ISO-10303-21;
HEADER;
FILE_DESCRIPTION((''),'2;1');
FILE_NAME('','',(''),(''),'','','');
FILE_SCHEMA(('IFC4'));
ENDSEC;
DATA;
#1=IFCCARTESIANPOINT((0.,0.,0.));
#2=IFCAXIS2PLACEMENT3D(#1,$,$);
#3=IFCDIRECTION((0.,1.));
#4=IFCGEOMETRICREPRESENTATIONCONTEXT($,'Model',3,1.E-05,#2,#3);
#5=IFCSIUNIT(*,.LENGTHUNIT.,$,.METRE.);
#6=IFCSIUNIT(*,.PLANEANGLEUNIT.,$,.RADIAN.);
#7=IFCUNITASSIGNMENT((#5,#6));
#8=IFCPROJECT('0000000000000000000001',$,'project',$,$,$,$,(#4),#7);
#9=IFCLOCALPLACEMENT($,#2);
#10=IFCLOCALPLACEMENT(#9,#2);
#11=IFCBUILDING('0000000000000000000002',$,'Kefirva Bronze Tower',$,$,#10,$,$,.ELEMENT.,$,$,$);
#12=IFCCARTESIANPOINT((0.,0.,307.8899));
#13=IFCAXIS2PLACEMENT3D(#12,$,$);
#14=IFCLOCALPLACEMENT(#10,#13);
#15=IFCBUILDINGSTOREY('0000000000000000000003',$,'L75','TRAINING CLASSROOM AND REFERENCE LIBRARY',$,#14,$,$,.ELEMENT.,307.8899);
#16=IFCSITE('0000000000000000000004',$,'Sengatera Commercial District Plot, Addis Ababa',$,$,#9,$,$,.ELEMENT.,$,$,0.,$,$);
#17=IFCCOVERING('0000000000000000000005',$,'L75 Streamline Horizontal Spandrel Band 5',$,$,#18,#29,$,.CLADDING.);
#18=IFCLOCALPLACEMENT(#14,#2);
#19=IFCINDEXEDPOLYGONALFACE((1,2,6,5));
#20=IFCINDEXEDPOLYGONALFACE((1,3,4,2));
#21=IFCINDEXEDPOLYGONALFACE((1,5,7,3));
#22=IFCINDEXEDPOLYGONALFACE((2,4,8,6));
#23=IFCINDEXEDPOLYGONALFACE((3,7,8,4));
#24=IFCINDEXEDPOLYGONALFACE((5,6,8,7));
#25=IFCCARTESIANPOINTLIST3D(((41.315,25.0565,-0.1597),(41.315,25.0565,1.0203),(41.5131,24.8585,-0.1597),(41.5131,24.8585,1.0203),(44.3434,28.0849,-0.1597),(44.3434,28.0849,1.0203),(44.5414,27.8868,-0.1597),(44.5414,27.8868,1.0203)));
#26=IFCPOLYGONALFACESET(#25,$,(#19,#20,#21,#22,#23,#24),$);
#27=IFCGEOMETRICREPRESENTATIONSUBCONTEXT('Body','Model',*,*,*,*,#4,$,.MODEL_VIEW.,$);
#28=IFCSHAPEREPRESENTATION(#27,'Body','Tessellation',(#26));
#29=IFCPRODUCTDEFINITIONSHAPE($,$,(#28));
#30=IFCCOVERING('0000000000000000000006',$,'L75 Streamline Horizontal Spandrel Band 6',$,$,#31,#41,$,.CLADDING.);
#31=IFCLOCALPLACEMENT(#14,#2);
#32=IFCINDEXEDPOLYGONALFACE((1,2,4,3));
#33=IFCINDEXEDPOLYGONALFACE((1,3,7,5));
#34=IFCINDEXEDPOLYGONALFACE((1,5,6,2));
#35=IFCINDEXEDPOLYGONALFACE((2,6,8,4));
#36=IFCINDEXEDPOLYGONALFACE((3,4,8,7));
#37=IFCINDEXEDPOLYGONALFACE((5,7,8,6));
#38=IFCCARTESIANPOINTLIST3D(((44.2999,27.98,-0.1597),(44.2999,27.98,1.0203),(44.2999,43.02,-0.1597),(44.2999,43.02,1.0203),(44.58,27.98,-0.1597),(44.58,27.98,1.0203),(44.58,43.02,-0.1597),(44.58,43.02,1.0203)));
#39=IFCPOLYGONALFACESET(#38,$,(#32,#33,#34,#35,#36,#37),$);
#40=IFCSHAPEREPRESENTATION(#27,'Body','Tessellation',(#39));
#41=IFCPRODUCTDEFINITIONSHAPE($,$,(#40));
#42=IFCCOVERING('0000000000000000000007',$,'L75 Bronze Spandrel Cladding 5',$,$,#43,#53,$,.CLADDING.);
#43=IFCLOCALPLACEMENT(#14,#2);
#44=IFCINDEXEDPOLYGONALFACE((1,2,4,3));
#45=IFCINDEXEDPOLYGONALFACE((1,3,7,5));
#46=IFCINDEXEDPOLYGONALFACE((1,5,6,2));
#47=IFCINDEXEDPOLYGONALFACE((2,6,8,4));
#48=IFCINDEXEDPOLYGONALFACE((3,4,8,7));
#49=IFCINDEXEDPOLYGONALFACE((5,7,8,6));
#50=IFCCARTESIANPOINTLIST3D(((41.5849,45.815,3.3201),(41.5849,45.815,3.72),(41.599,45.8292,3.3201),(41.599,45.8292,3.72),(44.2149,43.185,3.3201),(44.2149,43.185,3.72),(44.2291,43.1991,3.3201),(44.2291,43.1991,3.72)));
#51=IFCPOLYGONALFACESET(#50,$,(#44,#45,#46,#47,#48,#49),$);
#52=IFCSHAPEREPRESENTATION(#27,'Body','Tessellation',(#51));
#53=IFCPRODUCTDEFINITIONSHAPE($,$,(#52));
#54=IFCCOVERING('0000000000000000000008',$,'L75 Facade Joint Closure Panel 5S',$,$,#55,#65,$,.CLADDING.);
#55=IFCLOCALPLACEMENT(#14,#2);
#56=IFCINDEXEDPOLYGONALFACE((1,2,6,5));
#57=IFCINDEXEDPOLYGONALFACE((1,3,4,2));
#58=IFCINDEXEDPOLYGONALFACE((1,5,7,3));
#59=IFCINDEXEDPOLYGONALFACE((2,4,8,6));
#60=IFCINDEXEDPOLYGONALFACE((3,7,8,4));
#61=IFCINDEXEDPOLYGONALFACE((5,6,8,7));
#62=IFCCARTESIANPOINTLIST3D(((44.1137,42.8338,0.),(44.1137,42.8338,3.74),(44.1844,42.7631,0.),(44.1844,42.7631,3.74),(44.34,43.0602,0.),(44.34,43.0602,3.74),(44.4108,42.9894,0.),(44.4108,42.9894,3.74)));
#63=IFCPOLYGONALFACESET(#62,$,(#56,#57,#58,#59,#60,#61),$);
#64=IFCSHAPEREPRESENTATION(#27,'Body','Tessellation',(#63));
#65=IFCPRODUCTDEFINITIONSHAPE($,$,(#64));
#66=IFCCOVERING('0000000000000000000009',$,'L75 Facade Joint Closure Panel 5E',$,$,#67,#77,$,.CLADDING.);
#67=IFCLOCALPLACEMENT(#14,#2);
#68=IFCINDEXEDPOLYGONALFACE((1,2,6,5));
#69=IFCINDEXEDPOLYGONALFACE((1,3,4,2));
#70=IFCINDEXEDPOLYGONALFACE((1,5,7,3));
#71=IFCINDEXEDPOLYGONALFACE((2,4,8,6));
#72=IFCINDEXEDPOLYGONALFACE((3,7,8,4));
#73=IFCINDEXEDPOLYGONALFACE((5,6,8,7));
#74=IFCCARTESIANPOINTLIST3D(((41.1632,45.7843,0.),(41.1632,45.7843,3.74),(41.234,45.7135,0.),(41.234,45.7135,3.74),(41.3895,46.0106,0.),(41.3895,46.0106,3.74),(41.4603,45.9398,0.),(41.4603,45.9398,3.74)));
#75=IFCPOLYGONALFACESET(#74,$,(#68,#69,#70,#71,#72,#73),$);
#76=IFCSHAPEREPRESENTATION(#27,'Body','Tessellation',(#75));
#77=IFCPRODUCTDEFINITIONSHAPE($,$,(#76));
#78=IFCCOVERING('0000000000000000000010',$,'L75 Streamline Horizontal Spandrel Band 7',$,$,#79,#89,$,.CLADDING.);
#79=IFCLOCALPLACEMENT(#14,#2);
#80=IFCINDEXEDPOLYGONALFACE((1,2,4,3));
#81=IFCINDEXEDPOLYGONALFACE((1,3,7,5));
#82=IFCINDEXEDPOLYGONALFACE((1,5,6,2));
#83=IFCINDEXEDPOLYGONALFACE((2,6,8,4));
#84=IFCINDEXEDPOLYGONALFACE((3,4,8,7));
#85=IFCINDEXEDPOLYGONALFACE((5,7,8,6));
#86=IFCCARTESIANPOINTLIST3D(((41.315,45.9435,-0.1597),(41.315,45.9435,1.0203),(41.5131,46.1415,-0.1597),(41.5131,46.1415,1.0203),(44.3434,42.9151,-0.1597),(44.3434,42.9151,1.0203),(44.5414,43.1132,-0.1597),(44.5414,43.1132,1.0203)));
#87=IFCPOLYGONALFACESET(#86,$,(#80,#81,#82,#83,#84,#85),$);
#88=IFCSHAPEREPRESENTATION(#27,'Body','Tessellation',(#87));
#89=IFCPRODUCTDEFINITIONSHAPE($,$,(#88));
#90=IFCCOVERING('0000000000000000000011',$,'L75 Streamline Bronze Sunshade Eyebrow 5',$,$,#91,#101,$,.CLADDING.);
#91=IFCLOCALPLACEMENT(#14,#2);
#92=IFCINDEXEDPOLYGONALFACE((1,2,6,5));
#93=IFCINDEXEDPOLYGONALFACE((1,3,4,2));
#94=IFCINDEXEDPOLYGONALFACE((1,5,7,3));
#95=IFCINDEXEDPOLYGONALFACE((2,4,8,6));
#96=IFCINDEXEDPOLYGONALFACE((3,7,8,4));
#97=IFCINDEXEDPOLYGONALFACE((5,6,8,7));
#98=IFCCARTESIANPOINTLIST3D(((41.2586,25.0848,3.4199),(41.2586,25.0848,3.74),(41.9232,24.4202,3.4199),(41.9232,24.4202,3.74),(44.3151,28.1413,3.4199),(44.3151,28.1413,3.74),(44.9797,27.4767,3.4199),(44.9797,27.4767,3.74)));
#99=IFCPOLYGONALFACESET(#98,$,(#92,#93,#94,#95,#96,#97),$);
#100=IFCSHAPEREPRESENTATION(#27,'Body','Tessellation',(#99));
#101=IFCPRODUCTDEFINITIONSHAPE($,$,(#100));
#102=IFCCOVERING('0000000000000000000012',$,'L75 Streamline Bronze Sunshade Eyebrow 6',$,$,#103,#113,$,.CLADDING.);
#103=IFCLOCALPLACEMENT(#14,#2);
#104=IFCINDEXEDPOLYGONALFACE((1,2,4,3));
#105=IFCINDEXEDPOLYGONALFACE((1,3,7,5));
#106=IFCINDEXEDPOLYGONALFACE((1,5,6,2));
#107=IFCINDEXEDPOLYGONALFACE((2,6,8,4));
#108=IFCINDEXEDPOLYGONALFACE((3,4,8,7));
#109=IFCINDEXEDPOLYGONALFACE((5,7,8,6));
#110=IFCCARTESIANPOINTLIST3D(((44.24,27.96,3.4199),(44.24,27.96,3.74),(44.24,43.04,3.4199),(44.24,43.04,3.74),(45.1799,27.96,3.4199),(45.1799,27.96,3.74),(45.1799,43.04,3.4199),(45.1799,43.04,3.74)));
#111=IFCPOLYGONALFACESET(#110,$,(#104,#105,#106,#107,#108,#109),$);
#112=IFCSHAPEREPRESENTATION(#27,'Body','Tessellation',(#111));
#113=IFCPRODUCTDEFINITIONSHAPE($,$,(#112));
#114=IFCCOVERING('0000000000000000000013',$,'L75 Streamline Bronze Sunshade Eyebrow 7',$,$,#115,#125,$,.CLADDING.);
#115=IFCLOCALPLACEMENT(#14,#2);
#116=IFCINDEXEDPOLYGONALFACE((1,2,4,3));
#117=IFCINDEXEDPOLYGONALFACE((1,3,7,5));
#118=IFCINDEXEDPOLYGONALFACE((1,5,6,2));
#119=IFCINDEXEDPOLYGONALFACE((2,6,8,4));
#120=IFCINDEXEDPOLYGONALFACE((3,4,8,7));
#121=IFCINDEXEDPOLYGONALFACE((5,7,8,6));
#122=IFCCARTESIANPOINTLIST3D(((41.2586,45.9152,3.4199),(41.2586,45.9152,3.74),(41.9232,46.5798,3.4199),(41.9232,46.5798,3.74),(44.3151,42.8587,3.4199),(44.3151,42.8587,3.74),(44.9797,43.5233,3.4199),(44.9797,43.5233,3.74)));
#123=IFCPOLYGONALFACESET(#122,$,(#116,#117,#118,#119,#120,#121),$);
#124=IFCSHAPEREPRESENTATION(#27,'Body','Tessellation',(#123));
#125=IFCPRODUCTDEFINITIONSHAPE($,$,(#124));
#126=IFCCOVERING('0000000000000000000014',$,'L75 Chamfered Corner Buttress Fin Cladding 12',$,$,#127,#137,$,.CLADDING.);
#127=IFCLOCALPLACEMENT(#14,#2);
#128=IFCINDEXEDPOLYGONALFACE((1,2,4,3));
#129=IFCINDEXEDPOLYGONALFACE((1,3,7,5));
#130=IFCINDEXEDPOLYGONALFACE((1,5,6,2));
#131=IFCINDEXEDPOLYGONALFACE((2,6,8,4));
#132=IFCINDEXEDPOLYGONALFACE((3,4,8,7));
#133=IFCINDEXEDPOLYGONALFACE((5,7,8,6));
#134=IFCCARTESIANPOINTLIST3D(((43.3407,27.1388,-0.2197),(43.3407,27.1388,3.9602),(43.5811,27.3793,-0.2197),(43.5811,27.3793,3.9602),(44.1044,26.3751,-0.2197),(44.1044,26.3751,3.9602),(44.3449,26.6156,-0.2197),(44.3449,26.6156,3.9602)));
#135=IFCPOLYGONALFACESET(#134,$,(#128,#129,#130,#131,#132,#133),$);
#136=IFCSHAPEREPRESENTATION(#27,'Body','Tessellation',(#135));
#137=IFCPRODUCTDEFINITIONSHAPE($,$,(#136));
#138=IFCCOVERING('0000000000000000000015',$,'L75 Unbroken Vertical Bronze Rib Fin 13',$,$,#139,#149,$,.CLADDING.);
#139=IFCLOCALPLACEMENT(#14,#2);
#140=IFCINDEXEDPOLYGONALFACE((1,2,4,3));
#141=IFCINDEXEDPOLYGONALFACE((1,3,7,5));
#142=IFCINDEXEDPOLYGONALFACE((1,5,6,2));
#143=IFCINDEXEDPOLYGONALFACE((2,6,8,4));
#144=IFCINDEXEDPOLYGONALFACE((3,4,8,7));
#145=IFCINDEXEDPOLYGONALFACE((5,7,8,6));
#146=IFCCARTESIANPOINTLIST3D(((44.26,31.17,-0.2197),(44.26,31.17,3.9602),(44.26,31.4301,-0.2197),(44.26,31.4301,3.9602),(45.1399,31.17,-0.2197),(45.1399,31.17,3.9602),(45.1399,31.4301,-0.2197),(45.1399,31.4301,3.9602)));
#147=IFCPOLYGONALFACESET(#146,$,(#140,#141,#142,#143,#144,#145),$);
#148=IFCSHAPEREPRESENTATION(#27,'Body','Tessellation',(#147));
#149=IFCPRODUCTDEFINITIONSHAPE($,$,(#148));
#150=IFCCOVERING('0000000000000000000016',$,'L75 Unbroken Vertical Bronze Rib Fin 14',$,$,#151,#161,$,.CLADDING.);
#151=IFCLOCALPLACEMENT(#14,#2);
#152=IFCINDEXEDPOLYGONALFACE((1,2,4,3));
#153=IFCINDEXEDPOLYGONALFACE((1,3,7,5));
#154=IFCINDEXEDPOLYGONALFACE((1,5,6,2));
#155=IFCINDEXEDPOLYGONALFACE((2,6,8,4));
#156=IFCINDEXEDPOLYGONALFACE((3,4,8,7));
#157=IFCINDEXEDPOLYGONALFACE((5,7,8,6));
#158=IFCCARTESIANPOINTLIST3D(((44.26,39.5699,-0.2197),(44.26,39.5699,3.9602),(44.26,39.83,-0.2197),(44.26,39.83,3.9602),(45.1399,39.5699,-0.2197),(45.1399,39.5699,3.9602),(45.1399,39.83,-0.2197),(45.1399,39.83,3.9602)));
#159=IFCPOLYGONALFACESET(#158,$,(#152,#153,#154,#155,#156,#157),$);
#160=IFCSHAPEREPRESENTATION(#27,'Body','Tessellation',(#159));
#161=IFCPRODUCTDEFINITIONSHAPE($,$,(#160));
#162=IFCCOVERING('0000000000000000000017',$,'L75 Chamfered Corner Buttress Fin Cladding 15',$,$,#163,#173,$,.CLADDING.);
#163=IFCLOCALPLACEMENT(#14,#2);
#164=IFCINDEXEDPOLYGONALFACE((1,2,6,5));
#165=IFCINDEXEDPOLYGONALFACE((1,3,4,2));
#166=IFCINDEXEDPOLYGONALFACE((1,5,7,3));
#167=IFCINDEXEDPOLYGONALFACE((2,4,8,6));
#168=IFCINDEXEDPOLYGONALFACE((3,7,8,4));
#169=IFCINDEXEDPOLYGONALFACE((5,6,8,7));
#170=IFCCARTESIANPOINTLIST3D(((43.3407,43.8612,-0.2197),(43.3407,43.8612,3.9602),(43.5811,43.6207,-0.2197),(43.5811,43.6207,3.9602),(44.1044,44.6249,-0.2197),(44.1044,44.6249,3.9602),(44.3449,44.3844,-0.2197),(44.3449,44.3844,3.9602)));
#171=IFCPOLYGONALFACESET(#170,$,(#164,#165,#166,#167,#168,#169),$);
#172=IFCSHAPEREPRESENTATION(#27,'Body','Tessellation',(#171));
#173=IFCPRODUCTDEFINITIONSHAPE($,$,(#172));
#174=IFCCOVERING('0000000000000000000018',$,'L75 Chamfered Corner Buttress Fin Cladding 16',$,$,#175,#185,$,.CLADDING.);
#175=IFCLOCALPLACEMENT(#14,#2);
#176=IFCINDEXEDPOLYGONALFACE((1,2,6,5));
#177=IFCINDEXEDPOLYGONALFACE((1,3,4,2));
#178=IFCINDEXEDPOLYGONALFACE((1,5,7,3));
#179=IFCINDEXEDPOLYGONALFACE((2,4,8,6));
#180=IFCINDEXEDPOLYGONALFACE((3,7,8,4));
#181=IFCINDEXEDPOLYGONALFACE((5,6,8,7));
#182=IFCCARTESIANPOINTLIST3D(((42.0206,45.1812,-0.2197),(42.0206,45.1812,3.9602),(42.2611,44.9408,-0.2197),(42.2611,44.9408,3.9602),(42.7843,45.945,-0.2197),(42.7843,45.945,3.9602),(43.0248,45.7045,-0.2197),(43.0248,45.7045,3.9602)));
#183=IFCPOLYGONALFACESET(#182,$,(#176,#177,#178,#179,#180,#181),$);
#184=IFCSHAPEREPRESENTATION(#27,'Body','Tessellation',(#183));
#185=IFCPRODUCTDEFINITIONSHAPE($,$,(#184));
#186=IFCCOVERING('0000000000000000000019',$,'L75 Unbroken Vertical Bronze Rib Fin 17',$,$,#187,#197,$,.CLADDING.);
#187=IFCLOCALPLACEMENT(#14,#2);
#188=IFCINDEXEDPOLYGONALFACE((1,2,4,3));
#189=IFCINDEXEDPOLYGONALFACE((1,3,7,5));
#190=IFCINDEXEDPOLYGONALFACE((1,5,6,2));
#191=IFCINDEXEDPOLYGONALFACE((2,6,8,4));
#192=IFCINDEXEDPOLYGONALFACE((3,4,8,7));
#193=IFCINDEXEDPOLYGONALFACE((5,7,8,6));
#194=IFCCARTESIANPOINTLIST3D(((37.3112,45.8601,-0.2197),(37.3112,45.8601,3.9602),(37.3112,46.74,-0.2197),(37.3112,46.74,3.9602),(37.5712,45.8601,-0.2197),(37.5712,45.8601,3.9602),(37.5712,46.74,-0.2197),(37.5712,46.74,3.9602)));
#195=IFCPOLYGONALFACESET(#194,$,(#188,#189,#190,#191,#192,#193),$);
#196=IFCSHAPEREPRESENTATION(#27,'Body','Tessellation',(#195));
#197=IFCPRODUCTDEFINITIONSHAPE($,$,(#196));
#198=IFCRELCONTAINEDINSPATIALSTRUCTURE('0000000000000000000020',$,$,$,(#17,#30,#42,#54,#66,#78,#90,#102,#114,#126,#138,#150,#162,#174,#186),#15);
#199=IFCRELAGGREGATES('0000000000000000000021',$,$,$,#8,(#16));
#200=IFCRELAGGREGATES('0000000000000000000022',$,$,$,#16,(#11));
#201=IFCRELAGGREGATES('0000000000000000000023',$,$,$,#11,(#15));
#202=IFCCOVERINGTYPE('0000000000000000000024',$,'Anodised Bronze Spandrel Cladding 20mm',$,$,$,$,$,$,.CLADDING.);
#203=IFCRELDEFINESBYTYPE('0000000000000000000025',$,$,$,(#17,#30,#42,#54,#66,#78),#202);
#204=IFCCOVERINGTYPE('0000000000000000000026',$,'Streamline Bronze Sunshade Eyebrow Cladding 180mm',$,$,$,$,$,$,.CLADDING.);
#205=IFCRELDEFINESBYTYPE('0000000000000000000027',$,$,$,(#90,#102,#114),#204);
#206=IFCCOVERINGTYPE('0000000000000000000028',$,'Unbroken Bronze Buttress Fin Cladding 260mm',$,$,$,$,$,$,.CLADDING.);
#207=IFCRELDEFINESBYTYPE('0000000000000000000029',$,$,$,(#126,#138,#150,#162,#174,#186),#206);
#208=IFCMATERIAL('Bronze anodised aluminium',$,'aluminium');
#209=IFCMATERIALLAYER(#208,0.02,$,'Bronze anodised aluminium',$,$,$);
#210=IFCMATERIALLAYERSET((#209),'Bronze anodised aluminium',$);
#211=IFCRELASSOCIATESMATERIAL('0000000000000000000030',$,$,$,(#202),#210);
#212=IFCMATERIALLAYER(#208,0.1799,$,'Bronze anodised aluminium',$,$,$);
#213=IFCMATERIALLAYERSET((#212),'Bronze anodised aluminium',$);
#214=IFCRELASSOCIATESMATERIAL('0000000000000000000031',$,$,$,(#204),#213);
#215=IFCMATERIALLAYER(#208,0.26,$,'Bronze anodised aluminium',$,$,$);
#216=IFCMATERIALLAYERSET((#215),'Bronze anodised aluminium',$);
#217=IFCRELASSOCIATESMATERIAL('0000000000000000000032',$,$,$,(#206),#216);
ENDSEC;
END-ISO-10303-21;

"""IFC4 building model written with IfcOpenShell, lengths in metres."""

from ifc_helpers import new_model, si_unit, direction, frame, origin, origin_2d, place, context, subcontext, project, spatial, rectangle, extrude, material, layer, layer_set, type_object, element, save


model = new_model("IFC4")

# Units and contexts
model_context = context("Model", 3, precision=1e-05, world=origin(), true_north=direction((0.0, 1.0)))
body_context = subcontext(model_context, "Body", "Model", "MODEL_VIEW")
ifc_project = project(units=[si_unit("LENGTHUNIT", "METRE"), si_unit("PLANEANGLEUNIT", "RADIAN")], contexts=[model_context])

# Site, building, storey
site_placement = place(None, origin())
site = spatial("IfcSite", under=ifc_project, at=site_placement, Name="Sengatera Commercial District Plot, Addis Ababa", CompositionType="ELEMENT", RefElevation=0.0)
building_placement = place(site_placement, origin())
building = spatial("IfcBuilding", under=site, at=building_placement, Name="Kefirva Bronze Tower", CompositionType="ELEMENT")
storey_placement = place(building_placement, frame((0.0, 0.0, 307.8899)))
storey = spatial("IfcBuildingStorey", under=building, at=storey_placement, Name="L75", Description="TRAINING CLASSROOM AND REFERENCE LIBRARY", CompositionType="ELEMENT", Elevation=307.8899)

# Shared definitions
ifc_material_1 = material(Name="Bronze anodised aluminium", Category="aluminium")

# Coverings
ifc_layer_1 = layer(ifc_material_1, 0.02, Name="Bronze anodised aluminium")
ifc_layer_set_1 = layer_set([ifc_layer_1], Name="Bronze anodised aluminium")
covering_type_1 = type_object("IfcCoveringType", Name="Anodised Bronze Spandrel Cladding 20mm", PredefinedType="CLADDING", material=ifc_layer_set_1)
covering_1_placement = place(storey_placement, frame((42.9282, 26.4717, -0.1597), z_axis=(0.0, 0.0, 1.0), x_axis=(0.707107, 0.707107, 0.0)))
element("IfcCovering", 1, at=covering_1_placement, inside=storey, type_object=covering_type_1, Name="L75 Streamline Horizontal Spandrel Band 5", PredefinedType="CLADDING", context=body_context, shape_type="SweptSolid", body=[
    extrude(rectangle(XDim=4.2827, YDim=0.28, at=origin_2d()), origin(), (0.0, 0.0, 1.0), 1.1799),
])
covering_2_placement = place(storey_placement, frame((44.4399, 35.5, -0.1597), z_axis=(0.0, 0.0, 1.0), x_axis=(0.0, 1.0, 0.0)))
element("IfcCovering", 2, at=covering_2_placement, inside=storey, type_object=covering_type_1, Name="L75 Streamline Horizontal Spandrel Band 6", PredefinedType="CLADDING", context=body_context, shape_type="SweptSolid", body=[
    extrude(rectangle(XDim=15.04, YDim=0.28, at=origin_2d()), origin(), (0.0, 0.0, 1.0), 1.1799),
])
covering_3_placement = place(storey_placement, frame((42.907, 44.5071, 3.3201), z_axis=(0.0, 0.0, 1.0), x_axis=(-0.707107, 0.707107, 0.0)))
element("IfcCovering", 3, at=covering_3_placement, inside=storey, type_object=covering_type_1, Name="L75 Bronze Spandrel Cladding 5", PredefinedType="CLADDING", context=body_context, shape_type="SweptSolid", body=[
    extrude(rectangle(XDim=3.7195, YDim=0.02, at=origin_2d()), origin(), (0.0, 0.0, 1.0), 0.3999),
])
for number, where, z_axis, x_axis, name in (
    (4, (44.2622, 42.9116, 0.0), (0.0, 0.0, 1.0), (-0.707107, 0.707107, 0.0), "L75 Facade Joint Closure Panel 5S"),
    (5, (41.3118, 45.8621, 0.0), (0.0, 0.0, 1.0), (-0.707107, 0.707107, 0.0), "L75 Facade Joint Closure Panel 5E"),
):
    element("IfcCovering", number, at=place(storey_placement, frame(where, z_axis=z_axis, x_axis=x_axis)), inside=storey, type_object=covering_type_1, Name=name, PredefinedType="CLADDING", context=body_context, shape_type="SweptSolid", body=[
        extrude(rectangle(XDim=0.1001, YDim=0.3201, at=origin_2d()), origin(), (0.0, 0.0, 1.0), 3.74),
    ])
covering_4_placement = place(storey_placement, frame((42.9282, 44.5283, -0.1597), z_axis=(0.0, 0.0, 1.0), x_axis=(-0.707107, 0.707107, 0.0)))
element("IfcCovering", 6, at=covering_4_placement, inside=storey, type_object=covering_type_1, Name="L75 Streamline Horizontal Spandrel Band 7", PredefinedType="CLADDING", context=body_context, shape_type="SweptSolid", body=[
    extrude(rectangle(XDim=4.2827, YDim=0.28, at=origin_2d()), origin(), (0.0, 0.0, 1.0), 1.1799),
])
ifc_layer_2 = layer(ifc_material_1, 0.1799, Name="Bronze anodised aluminium")
ifc_layer_set_2 = layer_set([ifc_layer_2], Name="Bronze anodised aluminium")
covering_type_2 = type_object("IfcCoveringType", Name="Streamline Bronze Sunshade Eyebrow Cladding 180mm", PredefinedType="CLADDING", material=ifc_layer_set_2)
covering_5_placement = place(storey_placement, frame((43.1191, 26.2808, 3.4199), z_axis=(0.0, 0.0, 1.0), x_axis=(0.707107, 0.707107, 0.0)))
element("IfcCovering", 7, at=covering_5_placement, inside=storey, type_object=covering_type_2, Name="L75 Streamline Bronze Sunshade Eyebrow 5", PredefinedType="CLADDING", context=body_context, shape_type="SweptSolid", body=[
    extrude(rectangle(XDim=4.3225, YDim=0.9399, at=origin_2d()), origin(), (0.0, 0.0, 1.0), 0.3201),
])
covering_6_placement = place(storey_placement, frame((44.71, 35.5, 3.4199), z_axis=(0.0, 0.0, 1.0), x_axis=(0.0, 1.0, 0.0)))
element("IfcCovering", 8, at=covering_6_placement, inside=storey, type_object=covering_type_2, Name="L75 Streamline Bronze Sunshade Eyebrow 6", PredefinedType="CLADDING", context=body_context, shape_type="SweptSolid", body=[
    extrude(rectangle(XDim=15.0801, YDim=0.9399, at=origin_2d()), origin(), (0.0, 0.0, 1.0), 0.3201),
])
covering_7_placement = place(storey_placement, frame((43.1191, 44.7192, 3.4199), z_axis=(0.0, 0.0, 1.0), x_axis=(-0.707107, 0.707107, 0.0)))
element("IfcCovering", 9, at=covering_7_placement, inside=storey, type_object=covering_type_2, Name="L75 Streamline Bronze Sunshade Eyebrow 7", PredefinedType="CLADDING", context=body_context, shape_type="SweptSolid", body=[
    extrude(rectangle(XDim=4.3225, YDim=0.9399, at=origin_2d()), origin(), (0.0, 0.0, 1.0), 0.3201),
])
ifc_layer_3 = layer(ifc_material_1, 0.26, Name="Bronze anodised aluminium")
ifc_layer_set_3 = layer_set([ifc_layer_3], Name="Bronze anodised aluminium")
covering_type_3 = type_object("IfcCoveringType", Name="Unbroken Bronze Buttress Fin Cladding 260mm", PredefinedType="CLADDING", material=ifc_layer_set_3)
covering_8_placement = place(storey_placement, frame((43.8428, 26.8772, -0.2197), z_axis=(0.0, 0.0, 1.0), x_axis=(0.707107, 0.707107, 0.0)))
element("IfcCovering", 10, at=covering_8_placement, inside=storey, type_object=covering_type_3, Name="L75 Chamfered Corner Buttress Fin Cladding 12", PredefinedType="CLADDING", context=body_context, shape_type="SweptSolid", body=[
    extrude(rectangle(XDim=0.3401, YDim=1.0801, at=origin_2d()), origin(), (0.0, 0.0, 1.0), 4.1799),
])
for number, where, z_axis, x_axis, name in (
    (11, (44.7, 31.3, -0.2197), (0.0, 0.0, 1.0), (0.0, 1.0, 0.0), "L75 Unbroken Vertical Bronze Rib Fin 13"),
    (12, (44.7, 39.7, -0.2197), (0.0, 0.0, 1.0), (0.0, 1.0, 0.0), "L75 Unbroken Vertical Bronze Rib Fin 14"),
):
    element("IfcCovering", number, at=place(storey_placement, frame(where, z_axis=z_axis, x_axis=x_axis)), inside=storey, type_object=covering_type_3, Name=name, PredefinedType="CLADDING", context=body_context, shape_type="SweptSolid", body=[
        extrude(rectangle(XDim=0.26, YDim=0.8799, at=origin_2d()), origin(), (0.0, 0.0, 1.0), 4.1799),
    ])
for number, where, z_axis, x_axis, name in (
    (13, (43.8428, 44.1228, -0.2197), (0.0, 0.0, 1.0), (-0.707107, 0.707107, 0.0), "L75 Chamfered Corner Buttress Fin Cladding 15"),
    (14, (42.5227, 45.4429, -0.2197), (0.0, 0.0, 1.0), (-0.707107, 0.707107, 0.0), "L75 Chamfered Corner Buttress Fin Cladding 16"),
):
    element("IfcCovering", number, at=place(storey_placement, frame(where, z_axis=z_axis, x_axis=x_axis)), inside=storey, type_object=covering_type_3, Name=name, PredefinedType="CLADDING", context=body_context, shape_type="SweptSolid", body=[
        extrude(rectangle(XDim=0.3401, YDim=1.0801, at=origin_2d()), origin(), (0.0, 0.0, 1.0), 4.1799),
    ])
covering_9_placement = place(storey_placement, frame((37.4412, 46.3, -0.2197), z_axis=(0.0, 0.0, 1.0), x_axis=(-1.0, 0.0, 0.0)))
element("IfcCovering", 15, at=covering_9_placement, inside=storey, type_object=covering_type_3, Name="L75 Unbroken Vertical Bronze Rib Fin 17", PredefinedType="CLADDING", context=body_context, shape_type="SweptSolid", body=[
    extrude(rectangle(XDim=0.26, YDim=0.8799, at=origin_2d()), origin(), (0.0, 0.0, 1.0), 4.1799),
])

save(model, "model.ifc")
